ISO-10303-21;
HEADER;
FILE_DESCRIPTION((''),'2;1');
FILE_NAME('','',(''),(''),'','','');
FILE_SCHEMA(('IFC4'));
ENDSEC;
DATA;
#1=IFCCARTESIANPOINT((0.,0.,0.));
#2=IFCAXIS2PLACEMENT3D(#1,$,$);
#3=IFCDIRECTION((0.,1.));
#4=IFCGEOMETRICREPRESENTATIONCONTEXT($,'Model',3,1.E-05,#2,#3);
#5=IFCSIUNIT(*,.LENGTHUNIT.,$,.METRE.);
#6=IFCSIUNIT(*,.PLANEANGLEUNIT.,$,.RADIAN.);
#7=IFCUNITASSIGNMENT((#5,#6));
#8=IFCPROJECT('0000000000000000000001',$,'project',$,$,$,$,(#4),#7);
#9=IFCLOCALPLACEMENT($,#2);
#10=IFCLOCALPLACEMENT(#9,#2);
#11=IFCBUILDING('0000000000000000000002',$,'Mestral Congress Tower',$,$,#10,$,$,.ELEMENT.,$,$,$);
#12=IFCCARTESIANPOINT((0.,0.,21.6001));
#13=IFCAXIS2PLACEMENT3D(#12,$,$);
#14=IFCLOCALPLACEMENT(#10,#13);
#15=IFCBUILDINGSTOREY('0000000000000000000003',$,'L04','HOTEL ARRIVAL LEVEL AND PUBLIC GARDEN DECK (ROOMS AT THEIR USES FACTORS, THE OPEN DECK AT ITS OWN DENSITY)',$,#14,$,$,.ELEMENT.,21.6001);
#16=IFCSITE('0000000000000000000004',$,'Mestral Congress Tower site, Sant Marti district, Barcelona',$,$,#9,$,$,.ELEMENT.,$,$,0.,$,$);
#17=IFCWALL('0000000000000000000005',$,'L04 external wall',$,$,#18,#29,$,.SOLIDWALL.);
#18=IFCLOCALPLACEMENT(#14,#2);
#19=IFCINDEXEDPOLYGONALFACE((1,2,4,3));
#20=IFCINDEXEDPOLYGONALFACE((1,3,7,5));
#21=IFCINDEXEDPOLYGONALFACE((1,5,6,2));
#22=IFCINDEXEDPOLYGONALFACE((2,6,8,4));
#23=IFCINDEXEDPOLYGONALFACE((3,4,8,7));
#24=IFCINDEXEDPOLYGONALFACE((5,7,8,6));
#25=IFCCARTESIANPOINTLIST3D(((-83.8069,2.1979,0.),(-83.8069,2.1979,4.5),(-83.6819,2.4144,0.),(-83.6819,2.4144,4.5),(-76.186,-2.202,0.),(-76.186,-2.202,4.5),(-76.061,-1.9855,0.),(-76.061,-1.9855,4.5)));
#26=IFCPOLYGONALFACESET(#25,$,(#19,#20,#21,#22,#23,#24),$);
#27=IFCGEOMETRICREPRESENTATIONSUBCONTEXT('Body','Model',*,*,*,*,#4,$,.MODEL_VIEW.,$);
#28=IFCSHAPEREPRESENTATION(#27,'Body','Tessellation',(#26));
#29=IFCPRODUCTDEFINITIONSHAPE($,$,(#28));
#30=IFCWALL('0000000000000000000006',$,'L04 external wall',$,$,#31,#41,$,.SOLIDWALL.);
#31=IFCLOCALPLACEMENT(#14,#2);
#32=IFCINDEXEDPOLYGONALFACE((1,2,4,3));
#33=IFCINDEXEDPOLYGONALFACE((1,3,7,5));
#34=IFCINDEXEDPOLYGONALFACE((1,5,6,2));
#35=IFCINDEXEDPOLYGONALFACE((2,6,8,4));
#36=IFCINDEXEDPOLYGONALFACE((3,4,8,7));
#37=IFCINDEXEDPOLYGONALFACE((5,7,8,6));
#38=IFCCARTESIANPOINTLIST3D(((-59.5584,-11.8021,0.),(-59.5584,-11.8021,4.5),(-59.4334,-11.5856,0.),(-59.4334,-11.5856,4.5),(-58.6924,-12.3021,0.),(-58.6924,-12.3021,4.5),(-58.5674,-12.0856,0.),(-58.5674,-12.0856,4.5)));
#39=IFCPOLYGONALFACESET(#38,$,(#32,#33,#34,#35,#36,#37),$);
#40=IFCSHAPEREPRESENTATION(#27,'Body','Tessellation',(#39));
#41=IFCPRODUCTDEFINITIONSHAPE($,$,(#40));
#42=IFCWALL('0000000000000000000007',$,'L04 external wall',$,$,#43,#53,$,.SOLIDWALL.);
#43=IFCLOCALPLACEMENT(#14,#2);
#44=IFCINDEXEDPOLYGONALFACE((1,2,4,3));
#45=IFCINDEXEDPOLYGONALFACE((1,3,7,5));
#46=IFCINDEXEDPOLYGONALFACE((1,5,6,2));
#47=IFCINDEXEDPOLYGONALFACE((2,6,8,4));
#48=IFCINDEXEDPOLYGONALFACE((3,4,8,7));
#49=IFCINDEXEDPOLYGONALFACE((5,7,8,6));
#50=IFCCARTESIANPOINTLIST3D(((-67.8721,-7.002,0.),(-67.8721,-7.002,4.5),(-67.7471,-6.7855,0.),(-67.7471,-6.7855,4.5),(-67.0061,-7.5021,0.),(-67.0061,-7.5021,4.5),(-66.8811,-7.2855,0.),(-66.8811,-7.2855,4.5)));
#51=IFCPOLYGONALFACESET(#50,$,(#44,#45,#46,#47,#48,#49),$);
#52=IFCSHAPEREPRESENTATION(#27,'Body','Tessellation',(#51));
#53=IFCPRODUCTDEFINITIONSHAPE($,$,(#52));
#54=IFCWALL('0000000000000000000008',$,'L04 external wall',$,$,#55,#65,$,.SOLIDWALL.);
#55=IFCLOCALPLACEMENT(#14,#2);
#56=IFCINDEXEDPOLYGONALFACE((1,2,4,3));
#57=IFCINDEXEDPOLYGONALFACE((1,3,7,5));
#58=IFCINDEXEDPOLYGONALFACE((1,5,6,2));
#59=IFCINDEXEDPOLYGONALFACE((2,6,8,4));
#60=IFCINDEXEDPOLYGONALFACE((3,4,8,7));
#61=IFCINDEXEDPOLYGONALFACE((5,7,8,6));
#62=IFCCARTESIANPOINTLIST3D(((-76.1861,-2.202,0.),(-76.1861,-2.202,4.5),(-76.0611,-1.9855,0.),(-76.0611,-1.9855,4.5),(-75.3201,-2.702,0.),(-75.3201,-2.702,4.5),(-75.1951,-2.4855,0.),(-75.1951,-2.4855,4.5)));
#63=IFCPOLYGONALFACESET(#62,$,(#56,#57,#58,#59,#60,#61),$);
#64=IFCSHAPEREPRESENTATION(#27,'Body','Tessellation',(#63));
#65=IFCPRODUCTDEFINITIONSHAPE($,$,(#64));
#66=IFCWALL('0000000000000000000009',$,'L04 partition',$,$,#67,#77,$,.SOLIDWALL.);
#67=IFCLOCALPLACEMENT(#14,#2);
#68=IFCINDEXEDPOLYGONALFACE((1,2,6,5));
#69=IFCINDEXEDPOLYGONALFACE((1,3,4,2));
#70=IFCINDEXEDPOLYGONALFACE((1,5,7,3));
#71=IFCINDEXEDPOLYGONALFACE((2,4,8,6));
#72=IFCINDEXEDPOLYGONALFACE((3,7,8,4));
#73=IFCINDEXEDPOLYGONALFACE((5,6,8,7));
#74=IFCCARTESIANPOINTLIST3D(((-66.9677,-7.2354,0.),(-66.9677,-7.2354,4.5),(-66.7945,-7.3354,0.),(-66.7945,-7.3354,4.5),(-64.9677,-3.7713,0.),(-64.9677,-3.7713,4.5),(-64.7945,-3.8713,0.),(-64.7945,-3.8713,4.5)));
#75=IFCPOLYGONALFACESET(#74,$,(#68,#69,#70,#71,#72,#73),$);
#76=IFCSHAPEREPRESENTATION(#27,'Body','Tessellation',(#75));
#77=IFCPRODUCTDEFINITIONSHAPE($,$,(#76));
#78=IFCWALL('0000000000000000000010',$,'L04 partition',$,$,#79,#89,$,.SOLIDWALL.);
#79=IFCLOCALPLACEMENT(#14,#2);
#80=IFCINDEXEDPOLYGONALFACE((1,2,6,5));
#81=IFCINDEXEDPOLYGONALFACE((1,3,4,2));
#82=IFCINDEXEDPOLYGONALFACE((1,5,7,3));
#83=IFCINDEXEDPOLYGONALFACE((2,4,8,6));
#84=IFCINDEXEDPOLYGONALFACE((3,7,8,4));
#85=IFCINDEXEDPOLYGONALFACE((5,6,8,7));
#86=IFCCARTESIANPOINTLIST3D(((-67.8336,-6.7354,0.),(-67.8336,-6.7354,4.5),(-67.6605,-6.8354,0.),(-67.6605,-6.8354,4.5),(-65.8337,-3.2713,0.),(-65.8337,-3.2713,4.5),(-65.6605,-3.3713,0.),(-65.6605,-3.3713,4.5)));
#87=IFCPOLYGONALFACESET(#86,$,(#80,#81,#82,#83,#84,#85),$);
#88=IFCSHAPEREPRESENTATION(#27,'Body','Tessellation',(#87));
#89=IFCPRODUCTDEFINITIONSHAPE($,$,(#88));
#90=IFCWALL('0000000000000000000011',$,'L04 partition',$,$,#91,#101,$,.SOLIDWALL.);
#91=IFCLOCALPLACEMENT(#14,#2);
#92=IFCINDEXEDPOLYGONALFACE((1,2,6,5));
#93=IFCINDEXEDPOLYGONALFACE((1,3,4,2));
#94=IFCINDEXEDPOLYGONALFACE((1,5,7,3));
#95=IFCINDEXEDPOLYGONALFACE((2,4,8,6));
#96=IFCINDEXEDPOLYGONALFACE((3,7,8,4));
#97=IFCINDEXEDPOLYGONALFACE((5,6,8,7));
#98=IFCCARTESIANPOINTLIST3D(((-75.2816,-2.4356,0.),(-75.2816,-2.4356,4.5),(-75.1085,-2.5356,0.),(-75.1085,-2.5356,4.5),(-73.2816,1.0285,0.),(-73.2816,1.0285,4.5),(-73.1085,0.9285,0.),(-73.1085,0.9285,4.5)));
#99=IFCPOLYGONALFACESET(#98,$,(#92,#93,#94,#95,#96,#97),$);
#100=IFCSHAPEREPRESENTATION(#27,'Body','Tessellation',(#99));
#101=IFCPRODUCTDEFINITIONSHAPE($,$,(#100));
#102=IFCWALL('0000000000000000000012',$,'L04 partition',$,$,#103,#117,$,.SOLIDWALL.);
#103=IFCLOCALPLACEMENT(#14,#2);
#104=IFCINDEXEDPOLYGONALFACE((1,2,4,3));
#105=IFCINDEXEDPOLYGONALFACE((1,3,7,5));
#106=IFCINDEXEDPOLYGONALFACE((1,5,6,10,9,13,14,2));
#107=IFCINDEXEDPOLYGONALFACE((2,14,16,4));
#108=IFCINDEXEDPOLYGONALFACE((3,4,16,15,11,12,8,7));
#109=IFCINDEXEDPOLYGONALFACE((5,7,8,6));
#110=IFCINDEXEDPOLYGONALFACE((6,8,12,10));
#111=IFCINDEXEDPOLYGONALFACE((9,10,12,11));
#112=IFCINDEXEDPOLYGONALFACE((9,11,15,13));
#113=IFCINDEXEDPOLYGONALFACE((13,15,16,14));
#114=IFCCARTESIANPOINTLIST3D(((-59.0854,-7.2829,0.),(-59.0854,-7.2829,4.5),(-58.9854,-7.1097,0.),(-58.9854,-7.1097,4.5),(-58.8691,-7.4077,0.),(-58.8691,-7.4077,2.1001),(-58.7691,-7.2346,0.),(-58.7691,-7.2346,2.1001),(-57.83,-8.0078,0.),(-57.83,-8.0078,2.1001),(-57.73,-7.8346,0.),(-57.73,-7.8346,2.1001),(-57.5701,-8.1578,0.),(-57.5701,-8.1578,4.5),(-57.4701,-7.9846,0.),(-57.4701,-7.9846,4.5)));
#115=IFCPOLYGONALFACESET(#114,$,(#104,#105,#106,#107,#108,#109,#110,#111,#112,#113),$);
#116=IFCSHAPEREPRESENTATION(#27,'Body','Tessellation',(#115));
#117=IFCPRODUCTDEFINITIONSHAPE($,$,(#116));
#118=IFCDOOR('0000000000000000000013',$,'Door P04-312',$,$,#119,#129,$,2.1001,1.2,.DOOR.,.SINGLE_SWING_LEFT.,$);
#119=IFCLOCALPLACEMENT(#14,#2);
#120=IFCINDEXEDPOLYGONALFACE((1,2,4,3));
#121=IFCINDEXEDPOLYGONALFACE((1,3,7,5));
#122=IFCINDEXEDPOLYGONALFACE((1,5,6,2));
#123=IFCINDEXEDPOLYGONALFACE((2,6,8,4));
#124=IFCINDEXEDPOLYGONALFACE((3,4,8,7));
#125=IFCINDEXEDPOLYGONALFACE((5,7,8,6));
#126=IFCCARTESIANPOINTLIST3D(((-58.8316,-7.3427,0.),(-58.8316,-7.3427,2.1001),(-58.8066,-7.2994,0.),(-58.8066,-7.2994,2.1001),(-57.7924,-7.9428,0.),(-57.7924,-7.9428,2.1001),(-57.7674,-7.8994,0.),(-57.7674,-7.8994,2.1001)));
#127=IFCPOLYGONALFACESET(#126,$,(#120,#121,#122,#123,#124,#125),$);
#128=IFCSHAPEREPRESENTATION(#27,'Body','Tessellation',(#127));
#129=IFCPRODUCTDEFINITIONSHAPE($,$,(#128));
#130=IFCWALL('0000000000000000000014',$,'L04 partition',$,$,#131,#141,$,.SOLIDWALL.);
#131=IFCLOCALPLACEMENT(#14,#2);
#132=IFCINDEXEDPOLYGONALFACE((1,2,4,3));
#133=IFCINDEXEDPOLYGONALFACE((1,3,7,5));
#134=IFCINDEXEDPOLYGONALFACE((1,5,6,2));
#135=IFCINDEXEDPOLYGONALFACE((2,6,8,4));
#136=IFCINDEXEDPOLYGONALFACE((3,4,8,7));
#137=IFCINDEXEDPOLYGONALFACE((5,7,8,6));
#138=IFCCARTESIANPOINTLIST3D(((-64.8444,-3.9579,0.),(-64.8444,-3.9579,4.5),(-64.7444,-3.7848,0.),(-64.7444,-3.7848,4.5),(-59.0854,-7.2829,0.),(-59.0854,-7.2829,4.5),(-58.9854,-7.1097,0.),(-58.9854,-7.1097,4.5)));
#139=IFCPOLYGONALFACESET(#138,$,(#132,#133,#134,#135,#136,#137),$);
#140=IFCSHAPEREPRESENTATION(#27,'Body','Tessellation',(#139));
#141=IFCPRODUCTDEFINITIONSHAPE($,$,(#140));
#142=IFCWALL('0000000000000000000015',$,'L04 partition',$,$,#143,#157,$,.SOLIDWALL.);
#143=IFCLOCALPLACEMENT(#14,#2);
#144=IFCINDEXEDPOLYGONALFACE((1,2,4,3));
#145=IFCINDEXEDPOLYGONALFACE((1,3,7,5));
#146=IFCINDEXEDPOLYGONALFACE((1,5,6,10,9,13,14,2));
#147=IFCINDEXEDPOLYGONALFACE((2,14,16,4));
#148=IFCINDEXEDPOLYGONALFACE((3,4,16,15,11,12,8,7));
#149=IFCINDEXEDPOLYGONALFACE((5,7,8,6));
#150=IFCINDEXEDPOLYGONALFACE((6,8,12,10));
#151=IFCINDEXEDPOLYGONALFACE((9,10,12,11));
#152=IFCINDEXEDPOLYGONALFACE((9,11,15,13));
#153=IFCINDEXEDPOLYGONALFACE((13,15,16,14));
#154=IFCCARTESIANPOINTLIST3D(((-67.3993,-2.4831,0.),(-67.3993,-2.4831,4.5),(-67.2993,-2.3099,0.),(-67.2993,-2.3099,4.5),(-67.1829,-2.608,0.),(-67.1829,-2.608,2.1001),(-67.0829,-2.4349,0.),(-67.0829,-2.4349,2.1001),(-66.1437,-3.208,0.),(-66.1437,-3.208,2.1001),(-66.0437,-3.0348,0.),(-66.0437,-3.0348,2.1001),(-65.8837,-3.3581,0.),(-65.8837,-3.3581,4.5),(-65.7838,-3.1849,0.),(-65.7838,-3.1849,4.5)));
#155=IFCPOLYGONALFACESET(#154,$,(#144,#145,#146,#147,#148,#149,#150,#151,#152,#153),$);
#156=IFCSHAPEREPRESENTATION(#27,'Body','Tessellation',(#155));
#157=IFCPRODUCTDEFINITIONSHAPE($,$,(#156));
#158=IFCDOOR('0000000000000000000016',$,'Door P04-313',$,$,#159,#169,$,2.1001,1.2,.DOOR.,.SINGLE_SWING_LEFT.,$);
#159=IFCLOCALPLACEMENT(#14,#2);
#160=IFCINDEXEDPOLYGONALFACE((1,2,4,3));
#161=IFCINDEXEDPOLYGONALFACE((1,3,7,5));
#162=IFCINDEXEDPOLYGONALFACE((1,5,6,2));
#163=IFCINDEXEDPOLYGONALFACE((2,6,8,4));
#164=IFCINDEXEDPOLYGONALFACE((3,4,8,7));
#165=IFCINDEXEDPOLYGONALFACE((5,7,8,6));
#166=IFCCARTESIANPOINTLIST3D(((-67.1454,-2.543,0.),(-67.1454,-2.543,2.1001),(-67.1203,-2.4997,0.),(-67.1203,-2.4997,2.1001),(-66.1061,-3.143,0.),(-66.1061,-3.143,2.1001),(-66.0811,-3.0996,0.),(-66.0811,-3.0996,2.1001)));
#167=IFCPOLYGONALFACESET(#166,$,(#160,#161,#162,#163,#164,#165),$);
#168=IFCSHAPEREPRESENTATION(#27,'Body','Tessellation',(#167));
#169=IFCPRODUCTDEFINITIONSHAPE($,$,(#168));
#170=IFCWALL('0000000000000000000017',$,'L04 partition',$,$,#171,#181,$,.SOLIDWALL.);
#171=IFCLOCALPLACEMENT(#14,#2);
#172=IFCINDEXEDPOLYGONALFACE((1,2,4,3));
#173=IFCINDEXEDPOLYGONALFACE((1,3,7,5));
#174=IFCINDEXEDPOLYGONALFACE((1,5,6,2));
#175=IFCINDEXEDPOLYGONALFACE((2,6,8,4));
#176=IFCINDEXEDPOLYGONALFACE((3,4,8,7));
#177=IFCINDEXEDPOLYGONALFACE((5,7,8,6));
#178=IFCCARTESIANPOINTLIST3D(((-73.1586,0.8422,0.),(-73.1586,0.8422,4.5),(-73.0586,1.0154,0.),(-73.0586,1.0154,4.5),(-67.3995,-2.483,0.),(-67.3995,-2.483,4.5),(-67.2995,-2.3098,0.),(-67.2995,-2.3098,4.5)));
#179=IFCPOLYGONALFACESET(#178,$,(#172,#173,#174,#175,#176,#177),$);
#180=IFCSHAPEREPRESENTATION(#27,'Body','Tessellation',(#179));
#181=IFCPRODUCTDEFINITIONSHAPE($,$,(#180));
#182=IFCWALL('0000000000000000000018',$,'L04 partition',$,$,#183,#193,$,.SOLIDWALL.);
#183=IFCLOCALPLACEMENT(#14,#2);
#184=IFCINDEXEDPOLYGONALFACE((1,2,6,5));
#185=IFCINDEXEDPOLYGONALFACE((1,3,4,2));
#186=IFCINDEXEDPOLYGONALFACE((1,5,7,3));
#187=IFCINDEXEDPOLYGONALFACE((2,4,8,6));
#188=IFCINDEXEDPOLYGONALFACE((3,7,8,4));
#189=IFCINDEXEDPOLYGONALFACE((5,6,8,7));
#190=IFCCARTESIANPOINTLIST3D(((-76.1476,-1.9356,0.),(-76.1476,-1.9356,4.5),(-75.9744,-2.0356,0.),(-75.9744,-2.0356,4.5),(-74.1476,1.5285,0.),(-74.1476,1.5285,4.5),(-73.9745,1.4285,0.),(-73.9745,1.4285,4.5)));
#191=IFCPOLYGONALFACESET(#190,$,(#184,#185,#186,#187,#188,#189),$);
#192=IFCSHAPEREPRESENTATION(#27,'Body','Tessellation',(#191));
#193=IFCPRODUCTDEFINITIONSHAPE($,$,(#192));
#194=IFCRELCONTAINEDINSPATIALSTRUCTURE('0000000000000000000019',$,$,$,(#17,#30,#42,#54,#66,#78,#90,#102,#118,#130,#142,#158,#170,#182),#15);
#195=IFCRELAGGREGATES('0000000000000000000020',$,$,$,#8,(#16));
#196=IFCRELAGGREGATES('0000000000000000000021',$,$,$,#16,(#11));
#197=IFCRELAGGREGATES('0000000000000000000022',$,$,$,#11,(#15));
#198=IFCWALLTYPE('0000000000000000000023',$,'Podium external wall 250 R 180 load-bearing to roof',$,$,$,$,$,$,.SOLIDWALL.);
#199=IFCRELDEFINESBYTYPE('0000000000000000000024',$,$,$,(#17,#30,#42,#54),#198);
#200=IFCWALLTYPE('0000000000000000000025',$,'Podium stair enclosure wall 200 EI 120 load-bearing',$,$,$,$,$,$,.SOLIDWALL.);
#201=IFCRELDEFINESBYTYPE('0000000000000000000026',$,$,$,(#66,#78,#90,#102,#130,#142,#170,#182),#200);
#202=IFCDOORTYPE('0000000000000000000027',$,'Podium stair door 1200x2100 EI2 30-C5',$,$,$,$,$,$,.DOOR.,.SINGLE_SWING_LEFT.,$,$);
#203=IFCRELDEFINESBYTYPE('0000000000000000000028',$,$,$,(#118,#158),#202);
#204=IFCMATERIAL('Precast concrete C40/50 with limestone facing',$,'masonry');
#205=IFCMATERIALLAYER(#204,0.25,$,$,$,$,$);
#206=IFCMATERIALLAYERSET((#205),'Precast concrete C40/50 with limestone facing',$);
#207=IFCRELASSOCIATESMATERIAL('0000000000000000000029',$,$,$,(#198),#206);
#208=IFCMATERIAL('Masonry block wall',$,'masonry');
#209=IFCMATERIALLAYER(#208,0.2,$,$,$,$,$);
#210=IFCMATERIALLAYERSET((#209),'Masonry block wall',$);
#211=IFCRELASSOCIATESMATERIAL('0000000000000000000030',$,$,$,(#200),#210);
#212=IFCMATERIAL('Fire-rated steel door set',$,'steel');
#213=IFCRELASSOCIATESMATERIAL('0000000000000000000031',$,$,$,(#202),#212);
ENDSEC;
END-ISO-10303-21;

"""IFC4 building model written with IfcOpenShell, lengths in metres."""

from ifc_helpers import new_model, si_unit, direction, frame, frame_2d, origin, place, context, subcontext, project, spatial, rectangle, extrude, material, layer, layer_set, type_object, element, fill, save


model = new_model("IFC4")

# Units and contexts
model_context = context("Model", 3, precision=1e-05, world=origin(), true_north=direction((0.0, 1.0)))
body_context = subcontext(model_context, "Body", "Model", "MODEL_VIEW")
ifc_project = project(units=[si_unit("LENGTHUNIT", "METRE"), si_unit("PLANEANGLEUNIT", "RADIAN")], contexts=[model_context])

# Site, building, storey
site_placement = place(None, origin())
site = spatial("IfcSite", under=ifc_project, at=site_placement, Name="Mestral Congress Tower site, Sant Marti district, Barcelona", CompositionType="ELEMENT", RefElevation=0.0)
building_placement = place(site_placement, origin())
building = spatial("IfcBuilding", under=site, at=building_placement, Name="Mestral Congress Tower", CompositionType="ELEMENT")
storey_placement = place(building_placement, frame((0.0, 0.0, 21.6001)))
storey = spatial("IfcBuildingStorey", under=building, at=storey_placement, Name="L04", Description="HOTEL ARRIVAL LEVEL AND PUBLIC GARDEN DECK (ROOMS AT THEIR USES FACTORS, THE OPEN DECK AT ITS OWN DENSITY)", CompositionType="ELEMENT", Elevation=21.6001)

# Shared definitions
ifc_material_1 = material(Name="Precast concrete C40/50 with limestone facing", Category="masonry")
ifc_layer_1 = layer(ifc_material_1, 0.25)
ifc_layer_set_1 = layer_set([ifc_layer_1], Name="Precast concrete C40/50 with limestone facing")
wall_type_1 = type_object("IfcWallType", Name="Podium external wall 250 R 180 load-bearing to roof", PredefinedType="SOLIDWALL", material=ifc_layer_set_1)

# Walls
wall_1_placement = place(storey_placement, frame((-76.1235, -2.0938, 0.0), z_axis=(0.0, 0.0, 1.0), x_axis=(-0.866025, 0.5, 0.0)))
element("IfcWall", 1, at=wall_1_placement, inside=storey, type_object=wall_type_1, Name="L04 external wall", PredefinedType="SOLIDWALL", context=body_context, shape_type="SweptSolid", body=[
    extrude(rectangle(XDim=8.7998, YDim=0.25, at=frame_2d((4.3999, 0.0))), origin(), (0.0, 0.0, 1.0), 4.5),
])
for number, where, z_axis, x_axis, name in (
    (2, (-58.6299, -12.1938, 0.0), (0.0, 0.0, 1.0), (-0.866011, 0.500025, 0.0), "L04 external wall"),
    (3, (-66.9436, -7.3938, 0.0), (0.0, 0.0, 1.0), (-0.866011, 0.500025, 0.0), "L04 external wall"),
    (4, (-75.2576, -2.5938, 0.0), (0.0, 0.0, 1.0), (-0.866011, 0.500025, 0.0), "L04 external wall"),
):
    element("IfcWall", number, at=place(storey_placement, frame(where, z_axis=z_axis, x_axis=x_axis)), inside=storey, type_object=wall_type_1, Name=name, PredefinedType="SOLIDWALL", context=body_context, shape_type="SweptSolid", body=[
        extrude(rectangle(XDim=1.0, YDim=0.25, at=frame_2d((0.5, 0.0))), origin(), (0.0, 0.0, 1.0), 4.5),
    ])
ifc_material_2 = material(Name="Masonry block wall", Category="masonry")
ifc_layer_2 = layer(ifc_material_2, 0.2)
ifc_layer_set_2 = layer_set([ifc_layer_2], Name="Masonry block wall")
wall_type_2 = type_object("IfcWallType", Name="Podium stair enclosure wall 200 EI 120 load-bearing", PredefinedType="SOLIDWALL", material=ifc_layer_set_2)
for number, where, z_axis, x_axis, name in (
    (5, (-64.8811, -3.8213, 0.0), (0.0, 0.0, 1.0), (-0.499999, -0.866026, 0.0), "L04 partition"),
    (6, (-65.7471, -3.3213, 0.0), (0.0, 0.0, 1.0), (-0.499999, -0.866026, 0.0), "L04 partition"),
    (7, (-73.1951, 0.9785, 0.0), (0.0, 0.0, 1.0), (-0.499999, -0.866026, 0.0), "L04 partition"),
):
    element("IfcWall", number, at=place(storey_placement, frame(where, z_axis=z_axis, x_axis=x_axis)), inside=storey, type_object=wall_type_2, Name=name, PredefinedType="SOLIDWALL", context=body_context, shape_type="SweptSolid", body=[
        extrude(rectangle(XDim=4.0, YDim=0.2, at=frame_2d((2.0, 0.0))), origin(), (0.0, 0.0, 1.0), 4.5),
    ])

# Wall, opening, door
wall_2_placement = place(storey_placement, frame((-57.52, -8.0713, 0.0), z_axis=(0.0, 0.0, 1.0), x_axis=(-0.866002, 0.50004, 0.0)))
wall_2 = element("IfcWall", 8, at=wall_2_placement, inside=storey, type_object=wall_type_2, Name="L04 partition", PredefinedType="SOLIDWALL", context=body_context, shape_type="SweptSolid", body=[
    extrude(rectangle(XDim=1.7498, YDim=0.2, at=frame_2d((0.875, 0.0))), origin(), (0.0, 0.0, 1.0), 4.5),
])
opening_1_placement = place(wall_2_placement, frame((0.3, 0.0, 0.0)))
opening_1 = element("IfcOpeningElement", 9, at=opening_1_placement, cuts=wall_2, PredefinedType="OPENING", context=body_context, shape_type="SweptSolid", body=[
    extrude(rectangle(XDim=1.2, YDim=2.1001, at=frame_2d((0.6001, 1.05))), frame((0.0, 0.1099, 0.0), z_axis=(0.0, -1.0, 0.0), x_axis=(1.0, 0.0, 0.0)), (0.0, 0.0, 1.0), 0.22),
])
ifc_material_3 = material(Name="Fire-rated steel door set", Category="steel")
door_type_1 = type_object("IfcDoorType", Name="Podium stair door 1200x2100 EI2 30-C5", OperationType="SINGLE_SWING_LEFT", PredefinedType="DOOR", material=ifc_material_3)
door_1_placement = place(opening_1_placement, origin())
door_1 = element("IfcDoor", 10, at=door_1_placement, inside=storey, type_object=door_type_1, Name="Door P04-312", OperationType="SINGLE_SWING_LEFT", OverallHeight=2.1001, OverallWidth=1.2, PredefinedType="DOOR", context=body_context, shape_type="SweptSolid", body=[
    extrude(rectangle(XDim=1.2, YDim=2.1001, at=frame_2d((0.6001, 1.05))), frame((0.0, 0.0249, 0.0), z_axis=(0.0, -1.0, 0.0), x_axis=(1.0, 0.0, 0.0)), (0.0, 0.0, 1.0), 0.05),
])
fill(opening_1, door_1)

# Wall
wall_3_placement = place(storey_placement, frame((-59.0354, -7.1963, 0.0), z_axis=(0.0, 0.0, 1.0), x_axis=(-0.866027, 0.499997, 0.0)))
element("IfcWall", 11, at=wall_3_placement, inside=storey, type_object=wall_type_2, Name="L04 partition", PredefinedType="SOLIDWALL", context=body_context, shape_type="SweptSolid", body=[
    extrude(rectangle(XDim=6.6499, YDim=0.2, at=frame_2d((3.325, 0.0))), origin(), (0.0, 0.0, 1.0), 4.5),
])

# Wall, opening, door
wall_4_placement = place(storey_placement, frame((-65.8337, -3.2715, 0.0), z_axis=(0.0, 0.0, 1.0), x_axis=(-0.866037, 0.49998, 0.0)))
wall_4 = element("IfcWall", 12, at=wall_4_placement, inside=storey, type_object=wall_type_2, Name="L04 partition", PredefinedType="SOLIDWALL", context=body_context, shape_type="SweptSolid", body=[
    extrude(rectangle(XDim=1.75, YDim=0.2, at=frame_2d((0.875, 0.0))), origin(), (0.0, 0.0, 1.0), 4.5),
])
opening_2_placement = place(wall_4_placement, frame((0.3, 0.0, 0.0)))
opening_2 = element("IfcOpeningElement", 13, at=opening_2_placement, cuts=wall_4, PredefinedType="OPENING", context=body_context, shape_type="SweptSolid", body=[
    extrude(rectangle(XDim=1.2, YDim=2.1001, at=frame_2d((0.6001, 1.05))), frame((0.0, 0.1099, 0.0), z_axis=(0.0, -1.0, 0.0), x_axis=(1.0, 0.0, 0.0)), (0.0, 0.0, 1.0), 0.22),
])
door_2_placement = place(opening_2_placement, origin())
door_2 = element("IfcDoor", 14, at=door_2_placement, inside=storey, type_object=door_type_1, Name="Door P04-313", OperationType="SINGLE_SWING_LEFT", OverallHeight=2.1001, OverallWidth=1.2, PredefinedType="DOOR", context=body_context, shape_type="SweptSolid", body=[
    extrude(rectangle(XDim=1.2, YDim=2.1001, at=frame_2d((0.6001, 1.05))), frame((0.0, 0.0249, 0.0), z_axis=(0.0, -1.0, 0.0), x_axis=(1.0, 0.0, 0.0)), (0.0, 0.0, 1.0), 0.05),
])
fill(opening_2, door_2)

# Walls
wall_5_placement = place(storey_placement, frame((-67.3494, -2.3965, 0.0), z_axis=(0.0, 0.0, 1.0), x_axis=(-0.866011, 0.500024, 0.0)))
element("IfcWall", 15, at=wall_5_placement, inside=storey, type_object=wall_type_2, Name="L04 partition", PredefinedType="SOLIDWALL", context=body_context, shape_type="SweptSolid", body=[
    extrude(rectangle(XDim=6.6501, YDim=0.2, at=frame_2d((3.3252, 0.0))), origin(), (0.0, 0.0, 1.0), 4.5),
])
wall_6_placement = place(storey_placement, frame((-74.061, 1.4785, 0.0), z_axis=(0.0, 0.0, 1.0), x_axis=(-0.499999, -0.866026, 0.0)))
element("IfcWall", 16, at=wall_6_placement, inside=storey, type_object=wall_type_2, Name="L04 partition", PredefinedType="SOLIDWALL", context=body_context, shape_type="SweptSolid", body=[
    extrude(rectangle(XDim=4.0, YDim=0.2, at=frame_2d((2.0, 0.0))), origin(), (0.0, 0.0, 1.0), 4.5),
])

save(model, "model.ifc")
